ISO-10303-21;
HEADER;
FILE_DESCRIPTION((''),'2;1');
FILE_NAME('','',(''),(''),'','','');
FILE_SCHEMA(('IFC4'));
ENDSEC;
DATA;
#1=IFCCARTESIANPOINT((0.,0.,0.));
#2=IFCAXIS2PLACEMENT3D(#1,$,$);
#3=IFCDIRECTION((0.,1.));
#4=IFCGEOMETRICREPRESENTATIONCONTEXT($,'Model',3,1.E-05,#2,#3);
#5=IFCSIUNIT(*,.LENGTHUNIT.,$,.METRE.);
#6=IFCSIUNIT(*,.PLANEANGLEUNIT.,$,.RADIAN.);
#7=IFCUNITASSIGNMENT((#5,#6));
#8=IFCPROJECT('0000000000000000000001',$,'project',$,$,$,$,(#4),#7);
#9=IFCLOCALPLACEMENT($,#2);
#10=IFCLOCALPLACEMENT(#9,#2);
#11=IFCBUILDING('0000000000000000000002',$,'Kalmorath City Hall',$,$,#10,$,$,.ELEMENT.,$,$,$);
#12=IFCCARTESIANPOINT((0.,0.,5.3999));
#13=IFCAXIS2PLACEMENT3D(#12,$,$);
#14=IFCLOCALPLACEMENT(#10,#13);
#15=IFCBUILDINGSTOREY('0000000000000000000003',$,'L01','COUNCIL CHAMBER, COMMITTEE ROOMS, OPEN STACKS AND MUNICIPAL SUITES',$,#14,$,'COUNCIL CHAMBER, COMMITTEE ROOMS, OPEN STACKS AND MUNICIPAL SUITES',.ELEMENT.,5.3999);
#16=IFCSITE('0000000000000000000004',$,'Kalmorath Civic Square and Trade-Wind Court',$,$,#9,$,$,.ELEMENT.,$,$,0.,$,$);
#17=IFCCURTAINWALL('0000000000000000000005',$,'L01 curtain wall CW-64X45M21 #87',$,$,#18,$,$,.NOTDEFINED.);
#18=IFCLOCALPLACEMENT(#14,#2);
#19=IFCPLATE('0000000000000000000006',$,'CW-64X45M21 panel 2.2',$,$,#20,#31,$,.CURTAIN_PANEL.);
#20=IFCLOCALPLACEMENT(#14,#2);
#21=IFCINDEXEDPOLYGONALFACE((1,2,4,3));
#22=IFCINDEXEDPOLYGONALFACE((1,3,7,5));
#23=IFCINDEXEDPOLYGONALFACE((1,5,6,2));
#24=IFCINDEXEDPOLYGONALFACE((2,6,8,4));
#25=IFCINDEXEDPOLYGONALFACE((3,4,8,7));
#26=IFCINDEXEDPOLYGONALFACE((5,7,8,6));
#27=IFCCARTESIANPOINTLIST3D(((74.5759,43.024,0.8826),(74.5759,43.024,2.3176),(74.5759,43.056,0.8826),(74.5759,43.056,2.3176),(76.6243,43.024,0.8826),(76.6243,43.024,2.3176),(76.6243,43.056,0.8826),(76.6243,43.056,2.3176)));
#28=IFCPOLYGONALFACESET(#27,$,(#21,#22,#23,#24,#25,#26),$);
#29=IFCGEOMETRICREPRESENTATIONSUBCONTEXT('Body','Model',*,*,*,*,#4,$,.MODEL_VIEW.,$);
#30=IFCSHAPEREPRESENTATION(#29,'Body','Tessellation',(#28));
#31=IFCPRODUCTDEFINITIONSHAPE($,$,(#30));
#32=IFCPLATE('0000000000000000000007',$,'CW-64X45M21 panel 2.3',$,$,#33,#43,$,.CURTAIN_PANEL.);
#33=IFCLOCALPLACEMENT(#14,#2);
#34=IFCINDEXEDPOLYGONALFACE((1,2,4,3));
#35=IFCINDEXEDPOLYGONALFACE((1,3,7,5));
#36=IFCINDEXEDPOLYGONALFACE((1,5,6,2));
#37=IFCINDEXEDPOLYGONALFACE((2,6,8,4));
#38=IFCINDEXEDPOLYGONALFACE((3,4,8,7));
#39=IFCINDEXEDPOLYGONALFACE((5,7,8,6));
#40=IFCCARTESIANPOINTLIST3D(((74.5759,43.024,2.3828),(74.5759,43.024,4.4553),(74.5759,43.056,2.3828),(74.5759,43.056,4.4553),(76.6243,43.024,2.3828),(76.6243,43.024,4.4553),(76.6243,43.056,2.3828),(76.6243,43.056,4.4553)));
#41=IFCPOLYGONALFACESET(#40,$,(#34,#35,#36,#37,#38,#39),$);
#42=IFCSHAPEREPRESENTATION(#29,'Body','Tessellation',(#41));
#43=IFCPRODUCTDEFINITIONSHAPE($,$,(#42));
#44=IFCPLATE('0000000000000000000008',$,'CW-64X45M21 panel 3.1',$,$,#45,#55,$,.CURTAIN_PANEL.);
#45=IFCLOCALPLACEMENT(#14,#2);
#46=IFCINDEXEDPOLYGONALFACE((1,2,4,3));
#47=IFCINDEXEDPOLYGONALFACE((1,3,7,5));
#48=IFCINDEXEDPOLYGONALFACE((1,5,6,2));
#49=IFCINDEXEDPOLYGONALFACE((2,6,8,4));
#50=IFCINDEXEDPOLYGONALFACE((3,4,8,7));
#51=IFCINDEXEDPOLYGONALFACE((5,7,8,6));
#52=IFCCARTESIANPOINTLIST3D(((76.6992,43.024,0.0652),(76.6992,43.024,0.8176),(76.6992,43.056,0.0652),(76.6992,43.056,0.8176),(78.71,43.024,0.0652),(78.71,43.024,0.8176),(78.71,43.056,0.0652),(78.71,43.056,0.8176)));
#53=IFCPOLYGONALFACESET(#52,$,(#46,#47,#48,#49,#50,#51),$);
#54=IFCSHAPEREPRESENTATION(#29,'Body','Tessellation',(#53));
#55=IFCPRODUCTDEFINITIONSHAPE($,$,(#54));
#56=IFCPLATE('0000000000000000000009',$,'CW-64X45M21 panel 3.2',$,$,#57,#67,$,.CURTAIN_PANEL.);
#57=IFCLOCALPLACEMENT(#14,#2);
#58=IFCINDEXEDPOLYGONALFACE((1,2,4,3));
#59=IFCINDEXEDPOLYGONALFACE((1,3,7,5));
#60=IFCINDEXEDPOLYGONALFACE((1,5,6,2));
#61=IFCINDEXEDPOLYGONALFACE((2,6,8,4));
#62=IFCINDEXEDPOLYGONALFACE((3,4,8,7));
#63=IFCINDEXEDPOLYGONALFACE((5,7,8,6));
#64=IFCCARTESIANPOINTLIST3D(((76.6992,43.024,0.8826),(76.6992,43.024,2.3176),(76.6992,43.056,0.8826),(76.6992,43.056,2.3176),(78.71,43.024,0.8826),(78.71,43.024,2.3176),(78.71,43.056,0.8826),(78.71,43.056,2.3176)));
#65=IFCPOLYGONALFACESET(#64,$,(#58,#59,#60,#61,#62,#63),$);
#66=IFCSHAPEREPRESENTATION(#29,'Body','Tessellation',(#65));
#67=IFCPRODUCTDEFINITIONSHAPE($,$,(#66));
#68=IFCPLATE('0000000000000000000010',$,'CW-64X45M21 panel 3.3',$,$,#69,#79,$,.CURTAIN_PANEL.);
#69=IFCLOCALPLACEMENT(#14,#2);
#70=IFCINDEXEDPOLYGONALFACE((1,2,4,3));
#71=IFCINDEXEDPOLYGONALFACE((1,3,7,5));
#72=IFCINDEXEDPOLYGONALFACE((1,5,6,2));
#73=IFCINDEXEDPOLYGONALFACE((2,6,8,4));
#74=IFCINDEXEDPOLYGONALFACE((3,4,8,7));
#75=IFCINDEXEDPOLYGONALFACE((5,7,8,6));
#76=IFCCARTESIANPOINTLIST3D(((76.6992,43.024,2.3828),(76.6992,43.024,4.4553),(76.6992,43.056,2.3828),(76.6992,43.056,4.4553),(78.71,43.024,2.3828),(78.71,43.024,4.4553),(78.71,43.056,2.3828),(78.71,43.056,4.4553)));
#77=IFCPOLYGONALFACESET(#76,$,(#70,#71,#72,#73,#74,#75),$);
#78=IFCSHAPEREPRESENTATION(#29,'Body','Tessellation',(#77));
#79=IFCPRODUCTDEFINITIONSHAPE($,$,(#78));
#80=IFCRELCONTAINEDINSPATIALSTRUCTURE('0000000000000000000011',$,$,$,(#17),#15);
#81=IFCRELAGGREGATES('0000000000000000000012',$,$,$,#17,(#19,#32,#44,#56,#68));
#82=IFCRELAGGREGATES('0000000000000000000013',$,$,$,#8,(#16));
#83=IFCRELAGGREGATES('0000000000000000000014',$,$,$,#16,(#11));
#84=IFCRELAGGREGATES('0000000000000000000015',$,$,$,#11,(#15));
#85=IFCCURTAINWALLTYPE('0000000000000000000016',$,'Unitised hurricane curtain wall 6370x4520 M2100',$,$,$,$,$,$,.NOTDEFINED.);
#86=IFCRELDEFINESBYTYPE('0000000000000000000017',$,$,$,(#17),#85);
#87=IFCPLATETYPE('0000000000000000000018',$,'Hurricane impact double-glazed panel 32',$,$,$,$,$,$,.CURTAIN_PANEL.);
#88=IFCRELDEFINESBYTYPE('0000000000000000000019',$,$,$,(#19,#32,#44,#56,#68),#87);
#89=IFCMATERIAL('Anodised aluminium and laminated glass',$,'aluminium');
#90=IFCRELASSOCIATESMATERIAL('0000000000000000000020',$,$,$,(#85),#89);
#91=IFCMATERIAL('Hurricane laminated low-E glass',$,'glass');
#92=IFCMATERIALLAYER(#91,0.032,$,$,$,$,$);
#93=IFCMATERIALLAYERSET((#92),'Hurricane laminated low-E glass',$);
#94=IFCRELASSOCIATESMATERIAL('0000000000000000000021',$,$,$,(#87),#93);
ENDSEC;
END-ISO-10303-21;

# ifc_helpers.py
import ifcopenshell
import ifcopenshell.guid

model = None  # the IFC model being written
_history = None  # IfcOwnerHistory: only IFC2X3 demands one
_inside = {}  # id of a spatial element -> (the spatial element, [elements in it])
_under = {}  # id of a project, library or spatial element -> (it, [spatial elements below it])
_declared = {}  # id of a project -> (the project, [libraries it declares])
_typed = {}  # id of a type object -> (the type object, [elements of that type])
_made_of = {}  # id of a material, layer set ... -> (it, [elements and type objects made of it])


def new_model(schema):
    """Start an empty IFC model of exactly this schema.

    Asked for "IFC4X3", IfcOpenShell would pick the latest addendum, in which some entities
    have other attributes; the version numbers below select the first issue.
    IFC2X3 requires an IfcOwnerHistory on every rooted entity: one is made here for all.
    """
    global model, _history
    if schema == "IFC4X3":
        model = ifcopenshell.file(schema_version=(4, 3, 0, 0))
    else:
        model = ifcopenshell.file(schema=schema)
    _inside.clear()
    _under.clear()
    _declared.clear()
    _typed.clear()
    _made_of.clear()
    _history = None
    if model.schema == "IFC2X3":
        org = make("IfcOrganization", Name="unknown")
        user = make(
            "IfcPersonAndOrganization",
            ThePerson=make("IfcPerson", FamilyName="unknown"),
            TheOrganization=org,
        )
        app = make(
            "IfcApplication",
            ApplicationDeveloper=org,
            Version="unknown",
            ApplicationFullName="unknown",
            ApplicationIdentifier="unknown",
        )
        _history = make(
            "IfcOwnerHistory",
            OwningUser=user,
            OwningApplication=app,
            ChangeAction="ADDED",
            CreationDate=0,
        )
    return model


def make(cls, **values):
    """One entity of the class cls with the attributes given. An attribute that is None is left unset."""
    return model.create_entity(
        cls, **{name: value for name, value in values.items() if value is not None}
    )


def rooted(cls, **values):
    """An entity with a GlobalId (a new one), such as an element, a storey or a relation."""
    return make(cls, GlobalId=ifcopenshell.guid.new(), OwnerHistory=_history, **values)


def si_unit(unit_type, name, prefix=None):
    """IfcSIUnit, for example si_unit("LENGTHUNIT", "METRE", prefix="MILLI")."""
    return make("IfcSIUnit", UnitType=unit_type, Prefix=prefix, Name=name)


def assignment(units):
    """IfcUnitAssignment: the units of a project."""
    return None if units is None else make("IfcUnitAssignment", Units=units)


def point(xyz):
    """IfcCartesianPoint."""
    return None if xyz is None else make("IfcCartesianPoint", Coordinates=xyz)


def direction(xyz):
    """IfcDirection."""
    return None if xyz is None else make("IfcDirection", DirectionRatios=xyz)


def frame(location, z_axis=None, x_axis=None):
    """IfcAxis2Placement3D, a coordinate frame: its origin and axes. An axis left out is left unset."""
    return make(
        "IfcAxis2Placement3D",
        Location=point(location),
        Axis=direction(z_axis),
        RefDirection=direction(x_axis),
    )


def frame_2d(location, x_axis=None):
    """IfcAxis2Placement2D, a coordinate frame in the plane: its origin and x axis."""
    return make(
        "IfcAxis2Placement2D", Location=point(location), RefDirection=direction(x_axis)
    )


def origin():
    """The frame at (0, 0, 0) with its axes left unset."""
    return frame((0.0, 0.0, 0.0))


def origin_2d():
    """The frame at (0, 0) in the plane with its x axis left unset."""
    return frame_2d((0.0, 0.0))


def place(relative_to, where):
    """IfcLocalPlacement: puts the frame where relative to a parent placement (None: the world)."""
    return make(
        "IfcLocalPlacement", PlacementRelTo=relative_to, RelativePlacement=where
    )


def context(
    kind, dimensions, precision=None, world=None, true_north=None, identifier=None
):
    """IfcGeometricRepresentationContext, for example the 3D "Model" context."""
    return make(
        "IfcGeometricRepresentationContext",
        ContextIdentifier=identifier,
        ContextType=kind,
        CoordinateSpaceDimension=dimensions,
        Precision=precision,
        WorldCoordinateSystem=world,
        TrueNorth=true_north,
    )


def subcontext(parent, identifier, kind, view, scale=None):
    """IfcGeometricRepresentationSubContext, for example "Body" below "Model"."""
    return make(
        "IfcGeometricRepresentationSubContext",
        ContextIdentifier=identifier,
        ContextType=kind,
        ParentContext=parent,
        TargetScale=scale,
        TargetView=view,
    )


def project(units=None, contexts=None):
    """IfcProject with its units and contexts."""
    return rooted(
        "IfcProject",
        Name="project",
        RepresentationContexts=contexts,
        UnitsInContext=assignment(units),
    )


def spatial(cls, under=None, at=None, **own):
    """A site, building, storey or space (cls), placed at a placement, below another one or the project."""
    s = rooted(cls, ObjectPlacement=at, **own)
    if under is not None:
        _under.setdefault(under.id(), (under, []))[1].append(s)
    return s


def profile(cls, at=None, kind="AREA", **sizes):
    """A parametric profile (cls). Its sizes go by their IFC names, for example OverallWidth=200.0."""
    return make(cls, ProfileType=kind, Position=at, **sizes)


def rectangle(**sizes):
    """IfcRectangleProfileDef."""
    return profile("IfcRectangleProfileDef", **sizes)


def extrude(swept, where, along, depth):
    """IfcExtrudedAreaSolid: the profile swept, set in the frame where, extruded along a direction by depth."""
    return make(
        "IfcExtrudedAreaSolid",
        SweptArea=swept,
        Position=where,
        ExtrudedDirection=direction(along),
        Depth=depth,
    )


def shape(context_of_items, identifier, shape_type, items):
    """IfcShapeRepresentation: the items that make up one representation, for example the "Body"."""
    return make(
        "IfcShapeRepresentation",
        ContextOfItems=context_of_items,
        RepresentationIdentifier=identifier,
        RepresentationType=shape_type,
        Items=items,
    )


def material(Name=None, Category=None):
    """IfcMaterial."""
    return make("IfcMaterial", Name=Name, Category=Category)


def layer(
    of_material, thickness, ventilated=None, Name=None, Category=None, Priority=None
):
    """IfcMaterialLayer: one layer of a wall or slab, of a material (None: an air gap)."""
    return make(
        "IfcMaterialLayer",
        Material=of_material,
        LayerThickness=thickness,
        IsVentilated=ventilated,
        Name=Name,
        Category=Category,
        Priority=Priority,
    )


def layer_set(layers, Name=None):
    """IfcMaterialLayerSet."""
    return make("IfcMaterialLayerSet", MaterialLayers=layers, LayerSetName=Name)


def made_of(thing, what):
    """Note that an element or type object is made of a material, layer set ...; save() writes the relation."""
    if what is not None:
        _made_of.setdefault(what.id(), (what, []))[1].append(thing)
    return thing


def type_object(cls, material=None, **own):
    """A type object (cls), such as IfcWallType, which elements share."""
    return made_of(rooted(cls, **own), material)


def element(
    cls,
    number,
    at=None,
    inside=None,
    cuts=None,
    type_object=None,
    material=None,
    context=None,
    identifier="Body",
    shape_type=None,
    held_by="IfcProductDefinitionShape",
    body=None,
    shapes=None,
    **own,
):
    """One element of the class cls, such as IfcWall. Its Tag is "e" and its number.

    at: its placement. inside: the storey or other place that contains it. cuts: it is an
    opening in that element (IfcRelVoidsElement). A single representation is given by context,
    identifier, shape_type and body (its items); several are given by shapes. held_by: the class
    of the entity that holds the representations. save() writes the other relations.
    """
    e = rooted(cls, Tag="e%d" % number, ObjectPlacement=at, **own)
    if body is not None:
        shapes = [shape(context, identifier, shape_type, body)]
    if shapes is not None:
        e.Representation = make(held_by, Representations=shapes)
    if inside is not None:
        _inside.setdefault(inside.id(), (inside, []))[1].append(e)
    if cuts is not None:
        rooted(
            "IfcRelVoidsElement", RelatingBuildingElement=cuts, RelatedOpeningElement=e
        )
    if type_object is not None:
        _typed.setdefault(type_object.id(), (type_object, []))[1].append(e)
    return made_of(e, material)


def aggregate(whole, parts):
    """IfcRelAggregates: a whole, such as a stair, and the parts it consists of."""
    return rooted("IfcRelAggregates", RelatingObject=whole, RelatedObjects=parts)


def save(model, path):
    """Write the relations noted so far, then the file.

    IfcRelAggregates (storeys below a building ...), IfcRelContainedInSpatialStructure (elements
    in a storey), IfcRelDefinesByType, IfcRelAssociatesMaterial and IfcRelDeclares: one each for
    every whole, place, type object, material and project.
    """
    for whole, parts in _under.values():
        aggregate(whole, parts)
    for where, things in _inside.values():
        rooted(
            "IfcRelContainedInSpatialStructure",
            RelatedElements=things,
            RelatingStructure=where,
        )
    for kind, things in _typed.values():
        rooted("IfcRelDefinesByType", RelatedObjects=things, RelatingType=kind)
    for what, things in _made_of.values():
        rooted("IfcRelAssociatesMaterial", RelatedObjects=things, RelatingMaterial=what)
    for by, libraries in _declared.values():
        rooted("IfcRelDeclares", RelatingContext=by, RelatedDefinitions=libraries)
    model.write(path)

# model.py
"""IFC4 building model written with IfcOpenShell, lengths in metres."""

from ifc_helpers import new_model, si_unit, direction, frame, origin, origin_2d, place, context, subcontext, project, spatial, rectangle, extrude, material, layer, layer_set, type_object, element, aggregate, save


model = new_model("IFC4")

# Units and contexts
model_context = context("Model", 3, precision=1e-05, world=origin(), true_north=direction((0.0, 1.0)))
body_context = subcontext(model_context, "Body", "Model", "MODEL_VIEW")
ifc_project = project(units=[si_unit("LENGTHUNIT", "METRE"), si_unit("PLANEANGLEUNIT", "RADIAN")], contexts=[model_context])

# Site, building, storey
site_placement = place(None, origin())
site = spatial("IfcSite", under=ifc_project, at=site_placement, Name="Kalmorath Civic Square and Trade-Wind Court", CompositionType="ELEMENT", RefElevation=0.0)
building_placement = place(site_placement, origin())
building = spatial("IfcBuilding", under=site, at=building_placement, Name="Kalmorath City Hall", CompositionType="ELEMENT")
storey_placement = place(building_placement, frame((0.0, 0.0, 5.3999)))
storey = spatial("IfcBuildingStorey", under=building, at=storey_placement, Name="L01", Description="COUNCIL CHAMBER, COMMITTEE ROOMS, OPEN STACKS AND MUNICIPAL SUITES", LongName="COUNCIL CHAMBER, COMMITTEE ROOMS, OPEN STACKS AND MUNICIPAL SUITES", CompositionType="ELEMENT", Elevation=5.3999)

# Curtain wall, plates
ifc_material_1 = material(Name="Anodised aluminium and laminated glass", Category="aluminium")
curtain_wall_type = type_object("IfcCurtainWallType", Name="Unitised hurricane curtain wall 6370x4520 M2100", PredefinedType="NOTDEFINED", material=ifc_material_1)
curtain_wall_placement = place(storey_placement, origin())
curtain_wall = element("IfcCurtainWall", 1, at=curtain_wall_placement, inside=storey, type_object=curtain_wall_type, Name="L01 curtain wall CW-64X45M21 #87", PredefinedType="NOTDEFINED")
ifc_material_2 = material(Name="Hurricane laminated low-E glass", Category="glass")
ifc_layer = layer(ifc_material_2, 0.032)
ifc_layer_set = layer_set([ifc_layer], Name="Hurricane laminated low-E glass")
plate_type = type_object("IfcPlateType", Name="Hurricane impact double-glazed panel 32", PredefinedType="CURTAIN_PANEL", material=ifc_layer_set)
plate_1_placement = place(storey_placement, frame((75.6001, 43.04, 0.8826), z_axis=(0.0, 0.0, 1.0), x_axis=(1.0, 0.0, 0.0)))
plate_1 = element("IfcPlate", 2, at=plate_1_placement, type_object=plate_type, Name="CW-64X45M21 panel 2.2", PredefinedType="CURTAIN_PANEL", context=body_context, shape_type="SweptSolid", body=[
    extrude(rectangle(XDim=2.0483, YDim=0.032, at=origin_2d()), origin(), (0.0, 0.0, 1.0), 1.4351),
])
plate_2_placement = place(storey_placement, frame((75.6001, 43.04, 2.3828), z_axis=(0.0, 0.0, 1.0), x_axis=(1.0, 0.0, 0.0)))
plate_2 = element("IfcPlate", 3, at=plate_2_placement, type_object=plate_type, Name="CW-64X45M21 panel 2.3", PredefinedType="CURTAIN_PANEL", context=body_context, shape_type="SweptSolid", body=[
    extrude(rectangle(XDim=2.0483, YDim=0.032, at=origin_2d()), origin(), (0.0, 0.0, 1.0), 2.0725),
])
plate_3_placement = place(storey_placement, frame((77.7046, 43.04, 0.0652), z_axis=(0.0, 0.0, 1.0), x_axis=(1.0, 0.0, 0.0)))
plate_3 = element("IfcPlate", 4, at=plate_3_placement, type_object=plate_type, Name="CW-64X45M21 panel 3.1", PredefinedType="CURTAIN_PANEL", context=body_context, shape_type="SweptSolid", body=[
    extrude(rectangle(XDim=2.0107, YDim=0.032, at=origin_2d()), origin(), (0.0, 0.0, 1.0), 0.7524),
])
plate_4_placement = place(storey_placement, frame((77.7046, 43.04, 0.8826), z_axis=(0.0, 0.0, 1.0), x_axis=(1.0, 0.0, 0.0)))
plate_4 = element("IfcPlate", 5, at=plate_4_placement, type_object=plate_type, Name="CW-64X45M21 panel 3.2", PredefinedType="CURTAIN_PANEL", context=body_context, shape_type="SweptSolid", body=[
    extrude(rectangle(XDim=2.0107, YDim=0.032, at=origin_2d()), origin(), (0.0, 0.0, 1.0), 1.4351),
])
plate_5_placement = place(storey_placement, frame((77.7046, 43.04, 2.3828), z_axis=(0.0, 0.0, 1.0), x_axis=(1.0, 0.0, 0.0)))
plate_5 = element("IfcPlate", 6, at=plate_5_placement, type_object=plate_type, Name="CW-64X45M21 panel 3.3", PredefinedType="CURTAIN_PANEL", context=body_context, shape_type="SweptSolid", body=[
    extrude(rectangle(XDim=2.0107, YDim=0.032, at=origin_2d()), origin(), (0.0, 0.0, 1.0), 2.0725),
])
aggregate(curtain_wall, [plate_1, plate_2, plate_3, plate_4, plate_5])

save(model, "model.ifc")
